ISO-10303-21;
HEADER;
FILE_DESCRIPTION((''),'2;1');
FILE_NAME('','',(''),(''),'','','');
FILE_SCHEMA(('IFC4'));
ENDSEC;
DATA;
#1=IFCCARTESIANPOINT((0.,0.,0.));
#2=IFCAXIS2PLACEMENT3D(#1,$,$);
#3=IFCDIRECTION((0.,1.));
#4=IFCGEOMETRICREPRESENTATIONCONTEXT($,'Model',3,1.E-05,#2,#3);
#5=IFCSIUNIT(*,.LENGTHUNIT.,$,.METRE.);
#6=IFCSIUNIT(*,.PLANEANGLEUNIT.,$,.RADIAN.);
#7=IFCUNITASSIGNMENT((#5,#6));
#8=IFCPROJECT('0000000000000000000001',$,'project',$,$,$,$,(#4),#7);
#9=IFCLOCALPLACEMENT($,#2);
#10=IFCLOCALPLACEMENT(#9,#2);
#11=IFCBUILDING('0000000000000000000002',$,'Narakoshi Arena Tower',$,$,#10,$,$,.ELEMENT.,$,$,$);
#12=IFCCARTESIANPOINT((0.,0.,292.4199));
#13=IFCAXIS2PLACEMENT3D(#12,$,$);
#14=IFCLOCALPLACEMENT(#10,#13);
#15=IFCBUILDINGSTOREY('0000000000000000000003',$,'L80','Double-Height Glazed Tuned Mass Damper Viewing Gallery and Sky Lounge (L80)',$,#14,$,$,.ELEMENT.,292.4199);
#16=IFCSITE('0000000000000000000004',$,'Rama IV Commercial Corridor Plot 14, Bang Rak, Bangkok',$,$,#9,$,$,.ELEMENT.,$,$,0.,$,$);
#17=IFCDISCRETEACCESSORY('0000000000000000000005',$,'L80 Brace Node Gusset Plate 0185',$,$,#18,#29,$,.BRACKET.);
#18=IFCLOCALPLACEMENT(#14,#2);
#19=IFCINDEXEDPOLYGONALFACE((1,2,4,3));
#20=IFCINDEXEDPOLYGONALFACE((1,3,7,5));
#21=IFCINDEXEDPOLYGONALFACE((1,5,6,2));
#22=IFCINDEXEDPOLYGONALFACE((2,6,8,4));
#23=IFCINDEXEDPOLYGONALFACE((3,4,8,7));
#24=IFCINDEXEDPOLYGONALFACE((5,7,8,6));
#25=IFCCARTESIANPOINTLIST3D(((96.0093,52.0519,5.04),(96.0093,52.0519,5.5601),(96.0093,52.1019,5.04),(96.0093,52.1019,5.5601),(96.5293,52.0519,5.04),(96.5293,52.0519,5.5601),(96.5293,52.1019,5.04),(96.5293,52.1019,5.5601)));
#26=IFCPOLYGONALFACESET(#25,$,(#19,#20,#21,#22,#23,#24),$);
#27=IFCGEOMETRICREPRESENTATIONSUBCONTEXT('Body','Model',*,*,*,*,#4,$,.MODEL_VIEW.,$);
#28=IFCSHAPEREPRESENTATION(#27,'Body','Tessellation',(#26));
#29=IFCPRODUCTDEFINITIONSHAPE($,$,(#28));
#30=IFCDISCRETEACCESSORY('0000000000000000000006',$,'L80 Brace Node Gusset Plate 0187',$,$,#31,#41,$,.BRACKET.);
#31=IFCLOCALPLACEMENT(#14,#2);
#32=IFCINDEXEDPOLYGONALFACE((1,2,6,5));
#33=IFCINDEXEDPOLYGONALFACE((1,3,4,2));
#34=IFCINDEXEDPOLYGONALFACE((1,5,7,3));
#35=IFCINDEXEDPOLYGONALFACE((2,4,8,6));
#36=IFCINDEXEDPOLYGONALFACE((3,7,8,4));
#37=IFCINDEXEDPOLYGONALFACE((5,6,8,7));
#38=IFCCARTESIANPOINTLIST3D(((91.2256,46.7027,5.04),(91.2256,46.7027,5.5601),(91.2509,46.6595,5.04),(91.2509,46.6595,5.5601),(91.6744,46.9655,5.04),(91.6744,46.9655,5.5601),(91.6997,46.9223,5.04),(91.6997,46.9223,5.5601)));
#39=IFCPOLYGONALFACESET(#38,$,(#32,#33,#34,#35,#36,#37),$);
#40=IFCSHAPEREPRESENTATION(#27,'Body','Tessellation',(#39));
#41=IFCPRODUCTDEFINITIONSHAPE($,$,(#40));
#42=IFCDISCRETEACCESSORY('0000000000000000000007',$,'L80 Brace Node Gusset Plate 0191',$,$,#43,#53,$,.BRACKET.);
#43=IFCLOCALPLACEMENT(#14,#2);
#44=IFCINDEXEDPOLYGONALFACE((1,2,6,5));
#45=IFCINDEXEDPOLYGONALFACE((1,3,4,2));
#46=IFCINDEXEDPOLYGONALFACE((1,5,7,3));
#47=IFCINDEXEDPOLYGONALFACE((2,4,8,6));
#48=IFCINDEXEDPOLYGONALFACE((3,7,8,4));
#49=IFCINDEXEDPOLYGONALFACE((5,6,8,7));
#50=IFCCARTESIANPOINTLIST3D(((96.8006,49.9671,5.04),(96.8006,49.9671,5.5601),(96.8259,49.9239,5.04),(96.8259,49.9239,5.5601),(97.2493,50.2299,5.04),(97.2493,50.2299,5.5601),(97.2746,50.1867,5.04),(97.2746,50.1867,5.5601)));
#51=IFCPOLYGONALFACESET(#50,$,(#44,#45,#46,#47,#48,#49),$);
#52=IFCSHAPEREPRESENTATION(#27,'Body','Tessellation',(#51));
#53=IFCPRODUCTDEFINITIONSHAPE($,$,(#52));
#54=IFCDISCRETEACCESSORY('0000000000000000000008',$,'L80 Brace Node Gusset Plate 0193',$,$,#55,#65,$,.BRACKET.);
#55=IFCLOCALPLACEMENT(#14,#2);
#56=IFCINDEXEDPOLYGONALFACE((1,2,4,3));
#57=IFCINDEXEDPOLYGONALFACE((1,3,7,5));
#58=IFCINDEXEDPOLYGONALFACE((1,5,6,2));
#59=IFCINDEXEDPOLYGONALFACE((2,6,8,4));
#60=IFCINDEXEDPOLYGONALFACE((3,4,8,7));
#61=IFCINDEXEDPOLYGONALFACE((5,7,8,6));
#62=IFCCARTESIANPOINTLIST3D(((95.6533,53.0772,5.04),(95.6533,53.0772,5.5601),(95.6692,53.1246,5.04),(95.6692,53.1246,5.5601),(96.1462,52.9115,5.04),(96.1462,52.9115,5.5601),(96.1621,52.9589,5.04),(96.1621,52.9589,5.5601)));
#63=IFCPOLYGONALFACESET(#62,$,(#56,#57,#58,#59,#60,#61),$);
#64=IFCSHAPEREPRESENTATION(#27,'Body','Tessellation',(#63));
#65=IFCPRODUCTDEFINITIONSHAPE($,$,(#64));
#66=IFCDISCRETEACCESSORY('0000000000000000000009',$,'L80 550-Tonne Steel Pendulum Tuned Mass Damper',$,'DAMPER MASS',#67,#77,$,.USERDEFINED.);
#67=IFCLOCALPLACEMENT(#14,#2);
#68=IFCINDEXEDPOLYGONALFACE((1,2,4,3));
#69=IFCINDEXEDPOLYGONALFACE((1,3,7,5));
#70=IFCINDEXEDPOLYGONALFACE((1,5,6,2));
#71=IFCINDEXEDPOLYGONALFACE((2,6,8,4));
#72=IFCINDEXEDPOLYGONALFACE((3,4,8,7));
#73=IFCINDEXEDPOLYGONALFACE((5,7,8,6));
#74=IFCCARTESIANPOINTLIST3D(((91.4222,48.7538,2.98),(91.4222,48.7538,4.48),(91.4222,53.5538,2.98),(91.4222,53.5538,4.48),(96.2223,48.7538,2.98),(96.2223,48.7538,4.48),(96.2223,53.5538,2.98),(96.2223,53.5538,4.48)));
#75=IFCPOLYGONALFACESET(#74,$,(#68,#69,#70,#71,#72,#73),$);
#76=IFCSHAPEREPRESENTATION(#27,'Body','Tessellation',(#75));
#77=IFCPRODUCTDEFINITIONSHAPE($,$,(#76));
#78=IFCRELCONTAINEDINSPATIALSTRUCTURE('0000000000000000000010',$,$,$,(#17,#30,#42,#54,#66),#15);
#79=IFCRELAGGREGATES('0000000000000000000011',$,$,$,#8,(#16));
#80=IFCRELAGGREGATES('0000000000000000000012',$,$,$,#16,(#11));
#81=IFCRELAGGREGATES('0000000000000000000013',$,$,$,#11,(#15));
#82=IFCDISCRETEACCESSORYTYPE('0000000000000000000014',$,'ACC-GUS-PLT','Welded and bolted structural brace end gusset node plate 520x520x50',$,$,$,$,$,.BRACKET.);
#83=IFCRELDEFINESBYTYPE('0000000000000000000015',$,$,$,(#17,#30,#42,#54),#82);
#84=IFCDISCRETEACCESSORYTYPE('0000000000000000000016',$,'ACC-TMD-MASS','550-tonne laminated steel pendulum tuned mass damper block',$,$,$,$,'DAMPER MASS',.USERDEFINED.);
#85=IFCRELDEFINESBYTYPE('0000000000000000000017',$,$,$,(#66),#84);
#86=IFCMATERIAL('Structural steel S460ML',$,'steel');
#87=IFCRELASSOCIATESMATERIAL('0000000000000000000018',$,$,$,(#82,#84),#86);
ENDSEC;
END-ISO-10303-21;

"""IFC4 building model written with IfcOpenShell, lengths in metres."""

from ifc_helpers import new_model, si_unit, direction, frame, origin, origin_2d, place, context, subcontext, project, spatial, rectangle, extrude, material, type_object, element, save


model = new_model("IFC4")

# Units and contexts
model_context = context("Model", 3, precision=1e-05, world=origin(), true_north=direction((0.0, 1.0)))
body_context = subcontext(model_context, "Body", "Model", "MODEL_VIEW")
ifc_project = project(units=[si_unit("LENGTHUNIT", "METRE"), si_unit("PLANEANGLEUNIT", "RADIAN")], contexts=[model_context])

# Site, building, storey
site_placement = place(None, origin())
site = spatial("IfcSite", under=ifc_project, at=site_placement, Name="Rama IV Commercial Corridor Plot 14, Bang Rak, Bangkok", CompositionType="ELEMENT", RefElevation=0.0)
building_placement = place(site_placement, origin())
building = spatial("IfcBuilding", under=site, at=building_placement, Name="Narakoshi Arena Tower", CompositionType="ELEMENT")
storey_placement = place(building_placement, frame((0.0, 0.0, 292.4199)))
storey = spatial("IfcBuildingStorey", under=building, at=storey_placement, Name="L80", Description="Double-Height Glazed Tuned Mass Damper Viewing Gallery and Sky Lounge (L80)", CompositionType="ELEMENT", Elevation=292.4199)

# Shared definitions
ifc_material_1 = material(Name="Structural steel S460ML", Category="steel")

# Discrete accessories
discrete_accessory_type_1 = type_object("IfcDiscreteAccessoryType", Name="ACC-GUS-PLT", Description="Welded and bolted structural brace end gusset node plate 520x520x50", PredefinedType="BRACKET", material=ifc_material_1)
for number, where, z_axis, x_axis, name in (
    (1, (96.2693, 52.0769, 5.04), (0.0, 0.0, 1.0), (1.0, 0.0, 0.0), "L80 Brace Node Gusset Plate 0185"),
    (2, (91.4626, 46.8125, 5.04), (0.0, 0.0, 1.0), (0.862955, 0.505281, 0.0), "L80 Brace Node Gusset Plate 0187"),
    (3, (97.0376, 50.0769, 5.04), (0.0, 0.0, 1.0), (0.862955, 0.505281, 0.0), "L80 Brace Node Gusset Plate 0191"),
    (4, (95.9077, 53.0181, 5.04), (0.0, 0.0, 1.0), (-0.94788, 0.318628, 0.0), "L80 Brace Node Gusset Plate 0193"),
):
    element("IfcDiscreteAccessory", number, at=place(storey_placement, frame(where, z_axis=z_axis, x_axis=x_axis)), inside=storey, type_object=discrete_accessory_type_1, Name=name, PredefinedType="BRACKET", context=body_context, shape_type="SweptSolid", body=[
        extrude(rectangle(XDim=0.52, YDim=0.05, at=origin_2d()), origin(), (0.0, 0.0, 1.0), 0.52),
    ])
discrete_accessory_type_2 = type_object("IfcDiscreteAccessoryType", Name="ACC-TMD-MASS", Description="550-tonne laminated steel pendulum tuned mass damper block", ElementType="DAMPER MASS", PredefinedType="USERDEFINED", material=ifc_material_1)
discrete_accessory_placement = place(storey_placement, frame((93.8223, 51.1538, 2.98), z_axis=(0.0, 0.0, 1.0), x_axis=(1.0, 0.0, 0.0)))
element("IfcDiscreteAccessory", 5, at=discrete_accessory_placement, inside=storey, type_object=discrete_accessory_type_2, Name="L80 550-Tonne Steel Pendulum Tuned Mass Damper", ObjectType="DAMPER MASS", PredefinedType="USERDEFINED", context=body_context, shape_type="SweptSolid", body=[
    extrude(rectangle(XDim=4.8, YDim=4.8, at=origin_2d()), origin(), (0.0, 0.0, 1.0), 1.5),
])

save(model, "model.ifc")
